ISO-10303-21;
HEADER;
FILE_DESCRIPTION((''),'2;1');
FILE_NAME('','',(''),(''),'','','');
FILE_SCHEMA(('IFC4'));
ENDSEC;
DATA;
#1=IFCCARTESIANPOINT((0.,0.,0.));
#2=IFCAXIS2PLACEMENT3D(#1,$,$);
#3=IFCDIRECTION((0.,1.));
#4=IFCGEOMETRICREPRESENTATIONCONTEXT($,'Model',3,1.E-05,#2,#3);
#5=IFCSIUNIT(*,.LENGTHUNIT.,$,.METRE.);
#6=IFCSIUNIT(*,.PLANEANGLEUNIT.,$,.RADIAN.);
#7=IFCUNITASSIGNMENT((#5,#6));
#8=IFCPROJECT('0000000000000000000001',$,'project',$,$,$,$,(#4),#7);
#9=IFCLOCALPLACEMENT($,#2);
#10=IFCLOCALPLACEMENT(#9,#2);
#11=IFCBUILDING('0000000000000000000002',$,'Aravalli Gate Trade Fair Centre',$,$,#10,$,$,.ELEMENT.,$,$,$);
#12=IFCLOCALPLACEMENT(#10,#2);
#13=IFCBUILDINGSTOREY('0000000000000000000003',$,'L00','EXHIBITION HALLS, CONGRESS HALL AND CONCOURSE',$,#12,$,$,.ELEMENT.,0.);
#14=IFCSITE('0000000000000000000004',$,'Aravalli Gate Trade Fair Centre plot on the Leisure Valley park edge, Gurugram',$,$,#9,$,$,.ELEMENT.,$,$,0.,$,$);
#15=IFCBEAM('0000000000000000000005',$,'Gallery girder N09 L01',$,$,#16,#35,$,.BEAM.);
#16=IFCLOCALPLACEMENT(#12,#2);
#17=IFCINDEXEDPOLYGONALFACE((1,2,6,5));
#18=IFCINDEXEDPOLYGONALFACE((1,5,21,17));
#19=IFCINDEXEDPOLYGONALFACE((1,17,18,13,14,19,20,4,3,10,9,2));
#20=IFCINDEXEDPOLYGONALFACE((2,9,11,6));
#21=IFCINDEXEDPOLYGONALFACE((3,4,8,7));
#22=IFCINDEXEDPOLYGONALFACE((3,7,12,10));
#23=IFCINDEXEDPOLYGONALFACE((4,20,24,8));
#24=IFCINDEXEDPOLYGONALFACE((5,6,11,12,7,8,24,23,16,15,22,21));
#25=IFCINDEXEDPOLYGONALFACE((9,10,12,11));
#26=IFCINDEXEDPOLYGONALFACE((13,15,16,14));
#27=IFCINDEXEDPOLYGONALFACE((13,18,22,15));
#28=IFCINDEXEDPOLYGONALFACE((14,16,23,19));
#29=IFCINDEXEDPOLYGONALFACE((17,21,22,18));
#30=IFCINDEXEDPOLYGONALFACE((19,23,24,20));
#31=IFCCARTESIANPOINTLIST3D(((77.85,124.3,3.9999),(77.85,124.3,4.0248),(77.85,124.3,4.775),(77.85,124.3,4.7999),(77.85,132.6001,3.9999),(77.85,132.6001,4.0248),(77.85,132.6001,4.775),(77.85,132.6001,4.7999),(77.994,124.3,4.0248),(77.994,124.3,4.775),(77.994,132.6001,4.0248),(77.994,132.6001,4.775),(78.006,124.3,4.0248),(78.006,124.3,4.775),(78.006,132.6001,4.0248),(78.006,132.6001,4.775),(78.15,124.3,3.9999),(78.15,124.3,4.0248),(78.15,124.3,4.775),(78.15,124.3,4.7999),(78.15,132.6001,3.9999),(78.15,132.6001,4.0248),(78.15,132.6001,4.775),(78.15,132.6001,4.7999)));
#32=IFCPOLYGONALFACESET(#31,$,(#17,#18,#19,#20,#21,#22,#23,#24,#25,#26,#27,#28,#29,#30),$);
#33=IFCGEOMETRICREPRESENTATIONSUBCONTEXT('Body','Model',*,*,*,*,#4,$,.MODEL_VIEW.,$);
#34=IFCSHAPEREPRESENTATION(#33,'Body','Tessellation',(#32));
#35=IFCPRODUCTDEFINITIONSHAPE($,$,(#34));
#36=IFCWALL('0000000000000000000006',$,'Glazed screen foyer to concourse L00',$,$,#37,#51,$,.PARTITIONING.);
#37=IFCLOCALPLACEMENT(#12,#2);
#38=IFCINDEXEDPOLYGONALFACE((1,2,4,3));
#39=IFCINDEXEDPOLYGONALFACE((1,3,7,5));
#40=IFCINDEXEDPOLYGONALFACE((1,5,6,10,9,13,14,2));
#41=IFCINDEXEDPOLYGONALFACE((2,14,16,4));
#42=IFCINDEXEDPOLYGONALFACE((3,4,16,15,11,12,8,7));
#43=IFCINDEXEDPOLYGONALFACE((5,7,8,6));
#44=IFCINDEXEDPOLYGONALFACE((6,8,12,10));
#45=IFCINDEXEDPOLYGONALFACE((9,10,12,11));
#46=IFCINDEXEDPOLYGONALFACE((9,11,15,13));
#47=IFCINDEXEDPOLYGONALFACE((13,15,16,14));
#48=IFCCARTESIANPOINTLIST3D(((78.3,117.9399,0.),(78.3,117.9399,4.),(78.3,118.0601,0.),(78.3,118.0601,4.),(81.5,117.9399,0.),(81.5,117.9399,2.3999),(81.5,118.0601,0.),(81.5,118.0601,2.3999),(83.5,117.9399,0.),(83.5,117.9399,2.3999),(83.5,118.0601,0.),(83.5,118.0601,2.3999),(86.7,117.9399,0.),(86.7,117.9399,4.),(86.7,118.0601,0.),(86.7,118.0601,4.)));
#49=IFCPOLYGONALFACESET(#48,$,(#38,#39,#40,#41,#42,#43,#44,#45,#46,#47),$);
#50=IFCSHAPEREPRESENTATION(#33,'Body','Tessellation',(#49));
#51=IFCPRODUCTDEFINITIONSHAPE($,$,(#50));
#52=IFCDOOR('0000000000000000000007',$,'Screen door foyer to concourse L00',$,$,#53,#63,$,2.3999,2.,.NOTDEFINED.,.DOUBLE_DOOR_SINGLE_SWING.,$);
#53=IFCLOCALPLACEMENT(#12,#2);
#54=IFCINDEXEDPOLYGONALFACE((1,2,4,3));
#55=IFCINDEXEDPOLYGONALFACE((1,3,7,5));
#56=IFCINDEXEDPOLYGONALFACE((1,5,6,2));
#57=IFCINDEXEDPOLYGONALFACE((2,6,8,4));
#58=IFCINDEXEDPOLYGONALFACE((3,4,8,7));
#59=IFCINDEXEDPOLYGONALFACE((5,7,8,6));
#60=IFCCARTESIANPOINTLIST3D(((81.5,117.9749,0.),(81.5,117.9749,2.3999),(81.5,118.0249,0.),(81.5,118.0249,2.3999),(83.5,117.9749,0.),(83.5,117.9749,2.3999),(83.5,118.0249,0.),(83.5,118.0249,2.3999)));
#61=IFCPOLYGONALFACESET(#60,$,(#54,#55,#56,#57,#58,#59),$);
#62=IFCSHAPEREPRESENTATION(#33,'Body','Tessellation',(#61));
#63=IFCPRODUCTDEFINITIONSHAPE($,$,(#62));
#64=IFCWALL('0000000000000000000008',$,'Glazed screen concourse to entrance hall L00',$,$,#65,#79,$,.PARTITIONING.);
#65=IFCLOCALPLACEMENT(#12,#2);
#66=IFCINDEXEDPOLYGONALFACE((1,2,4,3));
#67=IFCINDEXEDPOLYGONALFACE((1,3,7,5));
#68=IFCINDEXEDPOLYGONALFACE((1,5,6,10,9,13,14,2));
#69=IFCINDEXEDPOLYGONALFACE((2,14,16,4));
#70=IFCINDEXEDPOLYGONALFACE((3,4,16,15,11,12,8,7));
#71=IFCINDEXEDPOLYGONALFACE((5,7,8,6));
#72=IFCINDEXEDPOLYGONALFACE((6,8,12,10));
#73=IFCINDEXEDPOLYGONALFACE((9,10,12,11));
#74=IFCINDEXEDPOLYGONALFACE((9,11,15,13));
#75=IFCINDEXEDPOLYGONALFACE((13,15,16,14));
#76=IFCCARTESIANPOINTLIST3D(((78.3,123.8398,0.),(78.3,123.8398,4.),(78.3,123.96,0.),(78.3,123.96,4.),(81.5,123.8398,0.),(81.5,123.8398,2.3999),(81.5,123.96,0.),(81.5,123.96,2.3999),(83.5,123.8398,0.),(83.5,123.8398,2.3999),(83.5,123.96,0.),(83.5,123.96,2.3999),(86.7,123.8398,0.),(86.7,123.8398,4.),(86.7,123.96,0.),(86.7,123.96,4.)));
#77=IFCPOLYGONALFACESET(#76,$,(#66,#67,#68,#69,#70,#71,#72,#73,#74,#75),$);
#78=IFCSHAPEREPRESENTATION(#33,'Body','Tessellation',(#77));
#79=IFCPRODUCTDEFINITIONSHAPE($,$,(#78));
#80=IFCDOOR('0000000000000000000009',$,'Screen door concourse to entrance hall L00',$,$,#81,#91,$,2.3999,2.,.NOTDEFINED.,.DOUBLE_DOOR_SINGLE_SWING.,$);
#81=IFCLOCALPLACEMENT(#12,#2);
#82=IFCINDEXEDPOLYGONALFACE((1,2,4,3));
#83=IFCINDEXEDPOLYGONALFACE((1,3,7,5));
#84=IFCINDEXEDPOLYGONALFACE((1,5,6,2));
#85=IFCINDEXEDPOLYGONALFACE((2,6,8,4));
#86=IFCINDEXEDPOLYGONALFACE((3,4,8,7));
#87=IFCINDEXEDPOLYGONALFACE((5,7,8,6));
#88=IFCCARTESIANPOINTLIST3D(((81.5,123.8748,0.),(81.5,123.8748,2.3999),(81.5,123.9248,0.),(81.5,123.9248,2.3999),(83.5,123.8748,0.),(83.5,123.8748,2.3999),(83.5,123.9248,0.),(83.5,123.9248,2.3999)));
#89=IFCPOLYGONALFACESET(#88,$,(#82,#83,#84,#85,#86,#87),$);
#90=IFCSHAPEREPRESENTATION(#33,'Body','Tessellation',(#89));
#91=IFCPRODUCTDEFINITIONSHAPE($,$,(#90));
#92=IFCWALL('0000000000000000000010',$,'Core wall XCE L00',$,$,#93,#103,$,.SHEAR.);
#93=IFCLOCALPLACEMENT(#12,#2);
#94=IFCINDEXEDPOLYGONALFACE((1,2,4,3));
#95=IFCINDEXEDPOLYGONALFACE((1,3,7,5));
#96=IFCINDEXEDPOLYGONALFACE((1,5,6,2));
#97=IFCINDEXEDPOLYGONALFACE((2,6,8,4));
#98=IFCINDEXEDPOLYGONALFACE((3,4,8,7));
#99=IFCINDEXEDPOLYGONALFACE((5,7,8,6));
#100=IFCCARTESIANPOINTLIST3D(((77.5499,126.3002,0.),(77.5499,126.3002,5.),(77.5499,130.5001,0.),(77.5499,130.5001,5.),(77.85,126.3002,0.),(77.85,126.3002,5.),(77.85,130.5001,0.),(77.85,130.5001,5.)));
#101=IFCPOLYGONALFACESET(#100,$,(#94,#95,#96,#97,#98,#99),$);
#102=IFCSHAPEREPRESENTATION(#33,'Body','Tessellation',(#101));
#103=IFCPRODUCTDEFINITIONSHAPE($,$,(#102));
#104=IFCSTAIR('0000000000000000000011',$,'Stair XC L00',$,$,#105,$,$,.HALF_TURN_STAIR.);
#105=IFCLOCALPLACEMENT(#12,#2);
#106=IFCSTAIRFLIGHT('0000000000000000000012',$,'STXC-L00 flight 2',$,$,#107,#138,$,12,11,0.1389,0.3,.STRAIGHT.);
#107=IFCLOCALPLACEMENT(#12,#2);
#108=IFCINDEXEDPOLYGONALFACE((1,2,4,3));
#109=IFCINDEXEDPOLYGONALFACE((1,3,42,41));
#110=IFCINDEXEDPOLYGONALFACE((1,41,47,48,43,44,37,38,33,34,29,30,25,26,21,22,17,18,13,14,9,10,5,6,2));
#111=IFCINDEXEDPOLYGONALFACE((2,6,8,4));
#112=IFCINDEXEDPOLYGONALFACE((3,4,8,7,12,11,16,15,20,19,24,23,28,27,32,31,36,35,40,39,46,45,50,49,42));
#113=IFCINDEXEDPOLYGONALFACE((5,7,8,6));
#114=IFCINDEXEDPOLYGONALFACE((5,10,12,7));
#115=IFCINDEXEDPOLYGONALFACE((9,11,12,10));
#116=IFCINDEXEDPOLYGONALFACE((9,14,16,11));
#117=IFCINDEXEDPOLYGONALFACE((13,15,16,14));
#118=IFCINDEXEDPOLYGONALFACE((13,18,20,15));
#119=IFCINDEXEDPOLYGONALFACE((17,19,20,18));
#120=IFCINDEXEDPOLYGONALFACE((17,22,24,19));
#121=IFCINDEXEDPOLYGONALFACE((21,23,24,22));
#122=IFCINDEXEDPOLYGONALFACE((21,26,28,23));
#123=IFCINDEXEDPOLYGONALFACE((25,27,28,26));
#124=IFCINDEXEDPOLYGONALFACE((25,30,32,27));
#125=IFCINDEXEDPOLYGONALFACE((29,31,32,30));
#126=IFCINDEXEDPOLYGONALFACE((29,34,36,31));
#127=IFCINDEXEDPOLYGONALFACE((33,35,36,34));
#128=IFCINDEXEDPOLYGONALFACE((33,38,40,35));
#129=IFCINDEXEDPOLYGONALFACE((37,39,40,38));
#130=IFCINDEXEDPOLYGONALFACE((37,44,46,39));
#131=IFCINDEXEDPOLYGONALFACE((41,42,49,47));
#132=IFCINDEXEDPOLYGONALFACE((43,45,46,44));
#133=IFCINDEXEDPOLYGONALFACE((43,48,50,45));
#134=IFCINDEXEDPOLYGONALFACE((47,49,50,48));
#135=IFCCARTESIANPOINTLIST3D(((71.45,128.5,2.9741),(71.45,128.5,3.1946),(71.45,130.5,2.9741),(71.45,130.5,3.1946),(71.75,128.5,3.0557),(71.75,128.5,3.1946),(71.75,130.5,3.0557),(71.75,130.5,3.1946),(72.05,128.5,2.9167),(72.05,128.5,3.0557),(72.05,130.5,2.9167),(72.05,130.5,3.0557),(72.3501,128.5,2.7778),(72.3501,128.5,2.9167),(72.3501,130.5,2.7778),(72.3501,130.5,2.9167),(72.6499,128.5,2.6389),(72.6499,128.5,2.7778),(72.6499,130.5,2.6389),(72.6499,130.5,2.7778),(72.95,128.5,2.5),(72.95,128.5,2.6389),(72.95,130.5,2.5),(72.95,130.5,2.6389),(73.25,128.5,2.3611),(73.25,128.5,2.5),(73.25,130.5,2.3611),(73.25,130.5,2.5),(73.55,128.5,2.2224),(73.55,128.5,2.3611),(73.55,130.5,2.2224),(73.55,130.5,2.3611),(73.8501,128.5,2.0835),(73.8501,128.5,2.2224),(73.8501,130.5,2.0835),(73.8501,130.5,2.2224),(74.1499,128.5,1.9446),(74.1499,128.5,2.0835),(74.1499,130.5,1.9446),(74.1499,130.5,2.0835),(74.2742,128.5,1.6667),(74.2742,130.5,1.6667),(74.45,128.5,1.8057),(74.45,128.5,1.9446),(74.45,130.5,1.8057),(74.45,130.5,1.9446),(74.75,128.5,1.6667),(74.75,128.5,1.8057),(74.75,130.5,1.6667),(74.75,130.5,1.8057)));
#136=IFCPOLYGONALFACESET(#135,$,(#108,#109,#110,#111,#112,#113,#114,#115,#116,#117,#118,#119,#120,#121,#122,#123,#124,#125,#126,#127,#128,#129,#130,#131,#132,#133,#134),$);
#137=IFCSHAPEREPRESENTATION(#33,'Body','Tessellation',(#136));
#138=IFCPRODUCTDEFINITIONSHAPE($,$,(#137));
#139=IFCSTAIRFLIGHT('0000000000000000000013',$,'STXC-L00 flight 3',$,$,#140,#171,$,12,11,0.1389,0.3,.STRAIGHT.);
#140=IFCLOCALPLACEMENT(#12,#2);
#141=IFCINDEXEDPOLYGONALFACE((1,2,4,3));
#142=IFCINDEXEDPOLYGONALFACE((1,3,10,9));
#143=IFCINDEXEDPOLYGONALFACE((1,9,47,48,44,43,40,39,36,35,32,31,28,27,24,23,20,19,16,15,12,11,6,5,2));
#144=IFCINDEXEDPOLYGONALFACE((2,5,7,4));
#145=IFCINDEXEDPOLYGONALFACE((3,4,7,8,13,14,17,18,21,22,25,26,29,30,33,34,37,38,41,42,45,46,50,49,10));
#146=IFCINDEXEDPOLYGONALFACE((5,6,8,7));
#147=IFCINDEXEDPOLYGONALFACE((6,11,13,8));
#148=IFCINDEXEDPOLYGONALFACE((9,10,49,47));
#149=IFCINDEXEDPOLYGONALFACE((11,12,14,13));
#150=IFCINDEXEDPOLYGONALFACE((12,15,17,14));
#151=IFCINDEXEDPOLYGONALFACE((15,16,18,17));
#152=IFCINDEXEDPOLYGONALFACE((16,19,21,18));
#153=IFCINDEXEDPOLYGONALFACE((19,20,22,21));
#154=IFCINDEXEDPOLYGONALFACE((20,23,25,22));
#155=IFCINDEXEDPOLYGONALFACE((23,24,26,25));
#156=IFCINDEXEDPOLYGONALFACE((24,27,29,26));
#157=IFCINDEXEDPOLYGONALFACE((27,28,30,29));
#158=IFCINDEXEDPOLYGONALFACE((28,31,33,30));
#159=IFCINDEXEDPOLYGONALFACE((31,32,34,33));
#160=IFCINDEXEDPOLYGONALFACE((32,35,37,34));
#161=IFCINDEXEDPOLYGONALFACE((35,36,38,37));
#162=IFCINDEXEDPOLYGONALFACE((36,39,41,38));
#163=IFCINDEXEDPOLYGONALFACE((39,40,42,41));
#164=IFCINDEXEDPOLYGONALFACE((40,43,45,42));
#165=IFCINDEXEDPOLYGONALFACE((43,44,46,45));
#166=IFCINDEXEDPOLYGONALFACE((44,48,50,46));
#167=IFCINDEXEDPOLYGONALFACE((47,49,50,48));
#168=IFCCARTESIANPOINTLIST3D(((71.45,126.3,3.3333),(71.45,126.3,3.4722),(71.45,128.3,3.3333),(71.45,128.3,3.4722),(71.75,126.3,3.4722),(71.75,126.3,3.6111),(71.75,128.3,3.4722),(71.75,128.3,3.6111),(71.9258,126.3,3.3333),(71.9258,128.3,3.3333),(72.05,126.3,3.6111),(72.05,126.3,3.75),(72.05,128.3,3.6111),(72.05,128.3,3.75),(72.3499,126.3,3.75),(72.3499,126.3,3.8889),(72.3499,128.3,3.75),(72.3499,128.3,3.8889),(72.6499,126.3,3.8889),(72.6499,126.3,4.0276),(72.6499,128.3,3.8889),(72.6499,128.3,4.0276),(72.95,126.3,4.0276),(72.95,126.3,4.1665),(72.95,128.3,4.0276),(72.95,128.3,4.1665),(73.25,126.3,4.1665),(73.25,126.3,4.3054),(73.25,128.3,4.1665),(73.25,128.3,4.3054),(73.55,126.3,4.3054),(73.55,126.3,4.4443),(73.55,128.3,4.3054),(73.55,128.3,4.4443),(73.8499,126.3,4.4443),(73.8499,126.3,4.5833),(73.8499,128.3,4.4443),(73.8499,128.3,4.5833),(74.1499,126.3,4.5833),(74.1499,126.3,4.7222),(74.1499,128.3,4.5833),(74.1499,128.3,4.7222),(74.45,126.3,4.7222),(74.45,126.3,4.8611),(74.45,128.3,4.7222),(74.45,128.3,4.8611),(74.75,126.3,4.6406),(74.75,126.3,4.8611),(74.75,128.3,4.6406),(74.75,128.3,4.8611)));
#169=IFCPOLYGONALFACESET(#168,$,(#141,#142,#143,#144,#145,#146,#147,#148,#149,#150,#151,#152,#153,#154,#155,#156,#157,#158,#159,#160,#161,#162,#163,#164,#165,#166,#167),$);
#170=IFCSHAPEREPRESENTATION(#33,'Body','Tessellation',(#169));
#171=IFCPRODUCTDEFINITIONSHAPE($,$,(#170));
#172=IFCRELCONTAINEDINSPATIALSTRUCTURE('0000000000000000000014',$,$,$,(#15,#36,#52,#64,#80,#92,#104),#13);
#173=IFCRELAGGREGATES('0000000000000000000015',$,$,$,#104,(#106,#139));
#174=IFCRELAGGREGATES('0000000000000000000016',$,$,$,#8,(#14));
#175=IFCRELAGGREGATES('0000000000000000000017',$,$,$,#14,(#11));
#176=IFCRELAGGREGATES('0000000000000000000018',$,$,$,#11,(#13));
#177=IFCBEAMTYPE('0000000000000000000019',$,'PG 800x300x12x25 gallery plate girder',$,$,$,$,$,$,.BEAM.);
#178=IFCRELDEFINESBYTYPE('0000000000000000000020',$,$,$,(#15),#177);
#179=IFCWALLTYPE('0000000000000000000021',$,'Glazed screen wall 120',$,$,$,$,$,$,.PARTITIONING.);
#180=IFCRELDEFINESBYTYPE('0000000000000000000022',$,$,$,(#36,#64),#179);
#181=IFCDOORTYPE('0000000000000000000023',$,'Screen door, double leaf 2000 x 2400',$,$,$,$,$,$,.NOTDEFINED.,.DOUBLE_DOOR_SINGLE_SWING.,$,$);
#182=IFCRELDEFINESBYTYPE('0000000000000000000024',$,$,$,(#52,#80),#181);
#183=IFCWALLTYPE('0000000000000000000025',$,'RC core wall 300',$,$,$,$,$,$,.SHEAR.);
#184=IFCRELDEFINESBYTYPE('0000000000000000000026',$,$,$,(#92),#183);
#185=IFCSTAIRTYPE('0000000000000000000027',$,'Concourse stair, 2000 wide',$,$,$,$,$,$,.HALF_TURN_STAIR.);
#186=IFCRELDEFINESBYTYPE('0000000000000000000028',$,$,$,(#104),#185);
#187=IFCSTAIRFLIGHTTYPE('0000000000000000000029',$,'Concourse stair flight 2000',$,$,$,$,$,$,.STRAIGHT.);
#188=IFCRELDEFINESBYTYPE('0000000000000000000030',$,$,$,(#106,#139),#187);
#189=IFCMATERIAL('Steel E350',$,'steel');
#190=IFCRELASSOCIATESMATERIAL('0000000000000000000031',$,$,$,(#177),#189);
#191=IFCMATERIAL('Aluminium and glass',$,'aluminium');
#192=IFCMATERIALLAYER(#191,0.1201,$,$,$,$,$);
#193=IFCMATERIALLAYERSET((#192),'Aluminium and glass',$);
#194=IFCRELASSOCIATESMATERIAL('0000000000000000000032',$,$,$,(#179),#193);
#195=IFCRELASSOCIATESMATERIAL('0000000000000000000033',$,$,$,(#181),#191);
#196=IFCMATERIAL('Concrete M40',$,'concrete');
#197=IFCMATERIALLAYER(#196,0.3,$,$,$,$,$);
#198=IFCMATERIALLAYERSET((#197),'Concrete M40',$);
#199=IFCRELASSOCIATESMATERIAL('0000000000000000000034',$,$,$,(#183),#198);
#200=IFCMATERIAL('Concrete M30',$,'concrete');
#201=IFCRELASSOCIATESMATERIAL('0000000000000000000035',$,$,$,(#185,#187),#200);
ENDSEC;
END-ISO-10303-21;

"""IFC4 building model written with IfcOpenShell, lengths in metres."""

from ifc_helpers import new_model, si_unit, direction, frame, frame_2d, origin, origin_2d, place, context, subcontext, project, spatial, polyline, rectangle, i_section, outline, extrude, material, layer, layer_set, material_profile, profile_set, type_object, element, fill, aggregate, save


model = new_model("IFC4")

# Units and contexts
model_context = context("Model", 3, precision=1e-05, world=origin(), true_north=direction((0.0, 1.0)))
body_context = subcontext(model_context, "Body", "Model", "MODEL_VIEW")
ifc_project = project(units=[si_unit("LENGTHUNIT", "METRE"), si_unit("PLANEANGLEUNIT", "RADIAN")], contexts=[model_context])

# Site, building, storey
site_placement = place(None, origin())
site = spatial("IfcSite", under=ifc_project, at=site_placement, Name="Aravalli Gate Trade Fair Centre plot on the Leisure Valley park edge, Gurugram", CompositionType="ELEMENT", RefElevation=0.0)
building_placement = place(site_placement, origin())
building = spatial("IfcBuilding", under=site, at=building_placement, Name="Aravalli Gate Trade Fair Centre", CompositionType="ELEMENT")
storey_placement = place(building_placement, origin())
storey = spatial("IfcBuildingStorey", under=building, at=storey_placement, Name="L00", Description="EXHIBITION HALLS, CONGRESS HALL AND CONCOURSE", CompositionType="ELEMENT", Elevation=0.0)

# Beam
ifc_material_1 = material(Name="Steel E350", Category="steel")
ifc_material_profile_1 = material_profile(ifc_material_1, i_section(OverallWidth=0.3, OverallDepth=0.8, WebThickness=0.012, FlangeThickness=0.0249, at=origin_2d()), Name="PG 800x300x12x25")
ifc_profile_set_1 = profile_set([ifc_material_profile_1], Name="Steel E350")
beam_type_1 = type_object("IfcBeamType", Name="PG 800x300x12x25 gallery plate girder", PredefinedType="BEAM", material=ifc_profile_set_1)
beam_1_placement = place(storey_placement, frame((78.0, 124.3, 4.3999), z_axis=(0.0, 1.0, 0.0), x_axis=(-1.0, 0.0, 0.0)))
element("IfcBeam", 1, at=beam_1_placement, inside=storey, type_object=beam_type_1, Name="Gallery girder N09 L01", PredefinedType="BEAM", context=body_context, shape_type="SweptSolid", body=[
    extrude(i_section(OverallWidth=0.3, OverallDepth=0.8, WebThickness=0.012, FlangeThickness=0.0249, at=origin_2d()), origin(), (0.0, 0.0, 1.0), 8.3),
])

# Shared definitions
ifc_material_2 = material(Name="Aluminium and glass", Category="aluminium")

# Walls, openings, doors
ifc_layer_1 = layer(ifc_material_2, 0.1201)
ifc_layer_set_1 = layer_set([ifc_layer_1], Name="Aluminium and glass")
wall_type_1 = type_object("IfcWallType", Name="Glazed screen wall 120", PredefinedType="PARTITIONING", material=ifc_layer_set_1)
wall_1_placement = place(storey_placement, frame((78.3, 118.0, 0.0), z_axis=(0.0, 0.0, 1.0), x_axis=(1.0, 0.0, 0.0)))
wall_1 = element("IfcWall", 2, at=wall_1_placement, inside=storey, type_object=wall_type_1, Name="Glazed screen foyer to concourse L00", PredefinedType="PARTITIONING", context=body_context, shape_type="SweptSolid", body=[
    extrude(rectangle(XDim=8.3999, YDim=0.1201, at=frame_2d((4.2, 0.0))), origin(), (0.0, 0.0, 1.0), 4.0),
])
opening_1_placement = place(wall_1_placement, frame((3.2, 0.0, 0.0)))
opening_1 = element("IfcOpeningElement", 3, at=opening_1_placement, cuts=wall_1, PredefinedType="OPENING", context=body_context, shape_type="SweptSolid", body=[
    extrude(rectangle(XDim=2.0, YDim=2.3999, at=frame_2d((1.0, 1.2))), frame((0.0, 0.0701, 0.0), z_axis=(0.0, -1.0, 0.0), x_axis=(1.0, 0.0, 0.0)), (0.0, 0.0, 1.0), 0.1401),
])
door_type_1 = type_object("IfcDoorType", Name="Screen door, double leaf 2000 x 2400", OperationType="DOUBLE_DOOR_SINGLE_SWING", PredefinedType="NOTDEFINED", material=ifc_material_2)
door_1_placement = place(opening_1_placement, origin())
door_1 = element("IfcDoor", 4, at=door_1_placement, inside=storey, type_object=door_type_1, Name="Screen door foyer to concourse L00", OperationType="DOUBLE_DOOR_SINGLE_SWING", OverallHeight=2.3999, OverallWidth=2.0, PredefinedType="NOTDEFINED", context=body_context, shape_type="SweptSolid", body=[
    extrude(rectangle(XDim=2.0, YDim=2.3999, at=frame_2d((1.0, 1.2))), frame((0.0, 0.0249, 0.0), z_axis=(0.0, -1.0, 0.0), x_axis=(1.0, 0.0, 0.0)), (0.0, 0.0, 1.0), 0.05),
])
fill(opening_1, door_1)
wall_2_placement = place(storey_placement, frame((78.3, 123.8999, 0.0), z_axis=(0.0, 0.0, 1.0), x_axis=(1.0, 0.0, 0.0)))
wall_2 = element("IfcWall", 5, at=wall_2_placement, inside=storey, type_object=wall_type_1, Name="Glazed screen concourse to entrance hall L00", PredefinedType="PARTITIONING", context=body_context, shape_type="SweptSolid", body=[
    extrude(rectangle(XDim=8.3999, YDim=0.1201, at=frame_2d((4.2, 0.0))), origin(), (0.0, 0.0, 1.0), 4.0),
])
opening_2_placement = place(wall_2_placement, frame((3.2, 0.0, 0.0)))
opening_2 = element("IfcOpeningElement", 6, at=opening_2_placement, cuts=wall_2, PredefinedType="OPENING", context=body_context, shape_type="SweptSolid", body=[
    extrude(rectangle(XDim=2.0, YDim=2.3999, at=frame_2d((1.0, 1.2))), frame((0.0, 0.0701, 0.0), z_axis=(0.0, -1.0, 0.0), x_axis=(1.0, 0.0, 0.0)), (0.0, 0.0, 1.0), 0.1401),
])
door_2_placement = place(opening_2_placement, origin())
door_2 = element("IfcDoor", 7, at=door_2_placement, inside=storey, type_object=door_type_1, Name="Screen door concourse to entrance hall L00", OperationType="DOUBLE_DOOR_SINGLE_SWING", OverallHeight=2.3999, OverallWidth=2.0, PredefinedType="NOTDEFINED", context=body_context, shape_type="SweptSolid", body=[
    extrude(rectangle(XDim=2.0, YDim=2.3999, at=frame_2d((1.0, 1.2))), frame((0.0, 0.0249, 0.0), z_axis=(0.0, -1.0, 0.0), x_axis=(1.0, 0.0, 0.0)), (0.0, 0.0, 1.0), 0.05),
])
fill(opening_2, door_2)

# Wall
ifc_material_3 = material(Name="Concrete M40", Category="concrete")
ifc_layer_2 = layer(ifc_material_3, 0.3)
ifc_layer_set_2 = layer_set([ifc_layer_2], Name="Concrete M40")
wall_type_2 = type_object("IfcWallType", Name="RC core wall 300", PredefinedType="SHEAR", material=ifc_layer_set_2)
wall_3_placement = place(storey_placement, frame((77.7, 126.3, 0.0), z_axis=(0.0, 0.0, 1.0), x_axis=(0.0, 1.0, 0.0)))
element("IfcWall", 8, at=wall_3_placement, inside=storey, type_object=wall_type_2, Name="Core wall XCE L00", PredefinedType="SHEAR", context=body_context, shape_type="SweptSolid", body=[
    extrude(rectangle(XDim=4.2, YDim=0.3, at=frame_2d((2.1001, 0.0))), origin(), (0.0, 0.0, 1.0), 5.0),
])

# Stair, stair flights
ifc_material_4 = material(Name="Concrete M30", Category="concrete")
stair_type = type_object("IfcStairType", Name="Concourse stair, 2000 wide", PredefinedType="HALF_TURN_STAIR", material=ifc_material_4)
stair_placement = place(storey_placement, origin())
stair = element("IfcStair", 9, at=stair_placement, inside=storey, type_object=stair_type, Name="Stair XC L00", PredefinedType="HALF_TURN_STAIR")
stair_flight_type = type_object("IfcStairFlightType", Name="Concourse stair flight 2000", PredefinedType="STRAIGHT", material=ifc_material_4)
stair_flight_1_placement = place(storey_placement, frame((74.75, 129.5, 1.6667), z_axis=(0.0, 0.0, 1.0), x_axis=(-1.0, 0.0, 0.0)))
stair_flight_1 = element("IfcStairFlight", 10, at=stair_flight_1_placement, type_object=stair_flight_type, Name="STXC-L00 flight 2", NumberOfRisers=12, NumberOfTreads=11, PredefinedType="STRAIGHT", RiserHeight=0.1389, TreadLength=0.3, context=body_context, shape_type="SweptSolid", body=[
    extrude(outline(polyline([(0.0, 0.0), (0.0, 0.1389), (0.3, 0.1389), (0.3, 0.2778), (0.6001, 0.2778), (0.6001, 0.4167), (0.8999, 0.4167), (0.8999, 0.5557), (1.2, 0.5557), (1.2, 0.6943), (1.5, 0.6943), (1.5, 0.8333), (1.8, 0.8333), (1.8, 0.9722), (2.1001, 0.9722), (2.1001, 1.1111), (2.3999, 1.1111), (2.3999, 1.25), (2.7, 1.25), (2.7, 1.3889), (3.0, 1.3889), (3.0, 1.5278), (3.3, 1.5278), (3.3, 1.6667), (3.3, 1.3074), (0.4758, 0.0), (0.0, 0.0)])), frame((0.0, 1.0, 0.0), z_axis=(0.0, -1.0, 0.0), x_axis=(1.0, 0.0, 0.0)), (0.0, 0.0, 1.0), 2.0),
])
stair_flight_2_placement = place(storey_placement, frame((71.45, 127.3, 3.3333), z_axis=(0.0, 0.0, 1.0), x_axis=(1.0, 0.0, 0.0)))
stair_flight_2 = element("IfcStairFlight", 11, at=stair_flight_2_placement, type_object=stair_flight_type, Name="STXC-L00 flight 3", NumberOfRisers=12, NumberOfTreads=11, PredefinedType="STRAIGHT", RiserHeight=0.1389, TreadLength=0.3, context=body_context, shape_type="SweptSolid", body=[
    extrude(outline(polyline([(0.0, 0.0), (0.0, 0.1389), (0.3, 0.1389), (0.3, 0.2778), (0.6001, 0.2778), (0.6001, 0.4167), (0.8999, 0.4167), (0.8999, 0.5557), (1.2, 0.5557), (1.2, 0.6943), (1.5, 0.6943), (1.5, 0.8333), (1.8, 0.8333), (1.8, 0.9722), (2.1001, 0.9722), (2.1001, 1.1111), (2.3999, 1.1111), (2.3999, 1.25), (2.7, 1.25), (2.7, 1.3889), (3.0, 1.3889), (3.0, 1.5278), (3.3, 1.5278), (3.3, 1.6667), (3.3, 1.3074), (0.4758, 0.0), (0.0, 0.0)])), frame((0.0, 1.0, 0.0), z_axis=(0.0, -1.0, 0.0), x_axis=(1.0, 0.0, 0.0)), (0.0, 0.0, 1.0), 2.0),
])
aggregate(stair, [stair_flight_1, stair_flight_2])

save(model, "model.ifc")
